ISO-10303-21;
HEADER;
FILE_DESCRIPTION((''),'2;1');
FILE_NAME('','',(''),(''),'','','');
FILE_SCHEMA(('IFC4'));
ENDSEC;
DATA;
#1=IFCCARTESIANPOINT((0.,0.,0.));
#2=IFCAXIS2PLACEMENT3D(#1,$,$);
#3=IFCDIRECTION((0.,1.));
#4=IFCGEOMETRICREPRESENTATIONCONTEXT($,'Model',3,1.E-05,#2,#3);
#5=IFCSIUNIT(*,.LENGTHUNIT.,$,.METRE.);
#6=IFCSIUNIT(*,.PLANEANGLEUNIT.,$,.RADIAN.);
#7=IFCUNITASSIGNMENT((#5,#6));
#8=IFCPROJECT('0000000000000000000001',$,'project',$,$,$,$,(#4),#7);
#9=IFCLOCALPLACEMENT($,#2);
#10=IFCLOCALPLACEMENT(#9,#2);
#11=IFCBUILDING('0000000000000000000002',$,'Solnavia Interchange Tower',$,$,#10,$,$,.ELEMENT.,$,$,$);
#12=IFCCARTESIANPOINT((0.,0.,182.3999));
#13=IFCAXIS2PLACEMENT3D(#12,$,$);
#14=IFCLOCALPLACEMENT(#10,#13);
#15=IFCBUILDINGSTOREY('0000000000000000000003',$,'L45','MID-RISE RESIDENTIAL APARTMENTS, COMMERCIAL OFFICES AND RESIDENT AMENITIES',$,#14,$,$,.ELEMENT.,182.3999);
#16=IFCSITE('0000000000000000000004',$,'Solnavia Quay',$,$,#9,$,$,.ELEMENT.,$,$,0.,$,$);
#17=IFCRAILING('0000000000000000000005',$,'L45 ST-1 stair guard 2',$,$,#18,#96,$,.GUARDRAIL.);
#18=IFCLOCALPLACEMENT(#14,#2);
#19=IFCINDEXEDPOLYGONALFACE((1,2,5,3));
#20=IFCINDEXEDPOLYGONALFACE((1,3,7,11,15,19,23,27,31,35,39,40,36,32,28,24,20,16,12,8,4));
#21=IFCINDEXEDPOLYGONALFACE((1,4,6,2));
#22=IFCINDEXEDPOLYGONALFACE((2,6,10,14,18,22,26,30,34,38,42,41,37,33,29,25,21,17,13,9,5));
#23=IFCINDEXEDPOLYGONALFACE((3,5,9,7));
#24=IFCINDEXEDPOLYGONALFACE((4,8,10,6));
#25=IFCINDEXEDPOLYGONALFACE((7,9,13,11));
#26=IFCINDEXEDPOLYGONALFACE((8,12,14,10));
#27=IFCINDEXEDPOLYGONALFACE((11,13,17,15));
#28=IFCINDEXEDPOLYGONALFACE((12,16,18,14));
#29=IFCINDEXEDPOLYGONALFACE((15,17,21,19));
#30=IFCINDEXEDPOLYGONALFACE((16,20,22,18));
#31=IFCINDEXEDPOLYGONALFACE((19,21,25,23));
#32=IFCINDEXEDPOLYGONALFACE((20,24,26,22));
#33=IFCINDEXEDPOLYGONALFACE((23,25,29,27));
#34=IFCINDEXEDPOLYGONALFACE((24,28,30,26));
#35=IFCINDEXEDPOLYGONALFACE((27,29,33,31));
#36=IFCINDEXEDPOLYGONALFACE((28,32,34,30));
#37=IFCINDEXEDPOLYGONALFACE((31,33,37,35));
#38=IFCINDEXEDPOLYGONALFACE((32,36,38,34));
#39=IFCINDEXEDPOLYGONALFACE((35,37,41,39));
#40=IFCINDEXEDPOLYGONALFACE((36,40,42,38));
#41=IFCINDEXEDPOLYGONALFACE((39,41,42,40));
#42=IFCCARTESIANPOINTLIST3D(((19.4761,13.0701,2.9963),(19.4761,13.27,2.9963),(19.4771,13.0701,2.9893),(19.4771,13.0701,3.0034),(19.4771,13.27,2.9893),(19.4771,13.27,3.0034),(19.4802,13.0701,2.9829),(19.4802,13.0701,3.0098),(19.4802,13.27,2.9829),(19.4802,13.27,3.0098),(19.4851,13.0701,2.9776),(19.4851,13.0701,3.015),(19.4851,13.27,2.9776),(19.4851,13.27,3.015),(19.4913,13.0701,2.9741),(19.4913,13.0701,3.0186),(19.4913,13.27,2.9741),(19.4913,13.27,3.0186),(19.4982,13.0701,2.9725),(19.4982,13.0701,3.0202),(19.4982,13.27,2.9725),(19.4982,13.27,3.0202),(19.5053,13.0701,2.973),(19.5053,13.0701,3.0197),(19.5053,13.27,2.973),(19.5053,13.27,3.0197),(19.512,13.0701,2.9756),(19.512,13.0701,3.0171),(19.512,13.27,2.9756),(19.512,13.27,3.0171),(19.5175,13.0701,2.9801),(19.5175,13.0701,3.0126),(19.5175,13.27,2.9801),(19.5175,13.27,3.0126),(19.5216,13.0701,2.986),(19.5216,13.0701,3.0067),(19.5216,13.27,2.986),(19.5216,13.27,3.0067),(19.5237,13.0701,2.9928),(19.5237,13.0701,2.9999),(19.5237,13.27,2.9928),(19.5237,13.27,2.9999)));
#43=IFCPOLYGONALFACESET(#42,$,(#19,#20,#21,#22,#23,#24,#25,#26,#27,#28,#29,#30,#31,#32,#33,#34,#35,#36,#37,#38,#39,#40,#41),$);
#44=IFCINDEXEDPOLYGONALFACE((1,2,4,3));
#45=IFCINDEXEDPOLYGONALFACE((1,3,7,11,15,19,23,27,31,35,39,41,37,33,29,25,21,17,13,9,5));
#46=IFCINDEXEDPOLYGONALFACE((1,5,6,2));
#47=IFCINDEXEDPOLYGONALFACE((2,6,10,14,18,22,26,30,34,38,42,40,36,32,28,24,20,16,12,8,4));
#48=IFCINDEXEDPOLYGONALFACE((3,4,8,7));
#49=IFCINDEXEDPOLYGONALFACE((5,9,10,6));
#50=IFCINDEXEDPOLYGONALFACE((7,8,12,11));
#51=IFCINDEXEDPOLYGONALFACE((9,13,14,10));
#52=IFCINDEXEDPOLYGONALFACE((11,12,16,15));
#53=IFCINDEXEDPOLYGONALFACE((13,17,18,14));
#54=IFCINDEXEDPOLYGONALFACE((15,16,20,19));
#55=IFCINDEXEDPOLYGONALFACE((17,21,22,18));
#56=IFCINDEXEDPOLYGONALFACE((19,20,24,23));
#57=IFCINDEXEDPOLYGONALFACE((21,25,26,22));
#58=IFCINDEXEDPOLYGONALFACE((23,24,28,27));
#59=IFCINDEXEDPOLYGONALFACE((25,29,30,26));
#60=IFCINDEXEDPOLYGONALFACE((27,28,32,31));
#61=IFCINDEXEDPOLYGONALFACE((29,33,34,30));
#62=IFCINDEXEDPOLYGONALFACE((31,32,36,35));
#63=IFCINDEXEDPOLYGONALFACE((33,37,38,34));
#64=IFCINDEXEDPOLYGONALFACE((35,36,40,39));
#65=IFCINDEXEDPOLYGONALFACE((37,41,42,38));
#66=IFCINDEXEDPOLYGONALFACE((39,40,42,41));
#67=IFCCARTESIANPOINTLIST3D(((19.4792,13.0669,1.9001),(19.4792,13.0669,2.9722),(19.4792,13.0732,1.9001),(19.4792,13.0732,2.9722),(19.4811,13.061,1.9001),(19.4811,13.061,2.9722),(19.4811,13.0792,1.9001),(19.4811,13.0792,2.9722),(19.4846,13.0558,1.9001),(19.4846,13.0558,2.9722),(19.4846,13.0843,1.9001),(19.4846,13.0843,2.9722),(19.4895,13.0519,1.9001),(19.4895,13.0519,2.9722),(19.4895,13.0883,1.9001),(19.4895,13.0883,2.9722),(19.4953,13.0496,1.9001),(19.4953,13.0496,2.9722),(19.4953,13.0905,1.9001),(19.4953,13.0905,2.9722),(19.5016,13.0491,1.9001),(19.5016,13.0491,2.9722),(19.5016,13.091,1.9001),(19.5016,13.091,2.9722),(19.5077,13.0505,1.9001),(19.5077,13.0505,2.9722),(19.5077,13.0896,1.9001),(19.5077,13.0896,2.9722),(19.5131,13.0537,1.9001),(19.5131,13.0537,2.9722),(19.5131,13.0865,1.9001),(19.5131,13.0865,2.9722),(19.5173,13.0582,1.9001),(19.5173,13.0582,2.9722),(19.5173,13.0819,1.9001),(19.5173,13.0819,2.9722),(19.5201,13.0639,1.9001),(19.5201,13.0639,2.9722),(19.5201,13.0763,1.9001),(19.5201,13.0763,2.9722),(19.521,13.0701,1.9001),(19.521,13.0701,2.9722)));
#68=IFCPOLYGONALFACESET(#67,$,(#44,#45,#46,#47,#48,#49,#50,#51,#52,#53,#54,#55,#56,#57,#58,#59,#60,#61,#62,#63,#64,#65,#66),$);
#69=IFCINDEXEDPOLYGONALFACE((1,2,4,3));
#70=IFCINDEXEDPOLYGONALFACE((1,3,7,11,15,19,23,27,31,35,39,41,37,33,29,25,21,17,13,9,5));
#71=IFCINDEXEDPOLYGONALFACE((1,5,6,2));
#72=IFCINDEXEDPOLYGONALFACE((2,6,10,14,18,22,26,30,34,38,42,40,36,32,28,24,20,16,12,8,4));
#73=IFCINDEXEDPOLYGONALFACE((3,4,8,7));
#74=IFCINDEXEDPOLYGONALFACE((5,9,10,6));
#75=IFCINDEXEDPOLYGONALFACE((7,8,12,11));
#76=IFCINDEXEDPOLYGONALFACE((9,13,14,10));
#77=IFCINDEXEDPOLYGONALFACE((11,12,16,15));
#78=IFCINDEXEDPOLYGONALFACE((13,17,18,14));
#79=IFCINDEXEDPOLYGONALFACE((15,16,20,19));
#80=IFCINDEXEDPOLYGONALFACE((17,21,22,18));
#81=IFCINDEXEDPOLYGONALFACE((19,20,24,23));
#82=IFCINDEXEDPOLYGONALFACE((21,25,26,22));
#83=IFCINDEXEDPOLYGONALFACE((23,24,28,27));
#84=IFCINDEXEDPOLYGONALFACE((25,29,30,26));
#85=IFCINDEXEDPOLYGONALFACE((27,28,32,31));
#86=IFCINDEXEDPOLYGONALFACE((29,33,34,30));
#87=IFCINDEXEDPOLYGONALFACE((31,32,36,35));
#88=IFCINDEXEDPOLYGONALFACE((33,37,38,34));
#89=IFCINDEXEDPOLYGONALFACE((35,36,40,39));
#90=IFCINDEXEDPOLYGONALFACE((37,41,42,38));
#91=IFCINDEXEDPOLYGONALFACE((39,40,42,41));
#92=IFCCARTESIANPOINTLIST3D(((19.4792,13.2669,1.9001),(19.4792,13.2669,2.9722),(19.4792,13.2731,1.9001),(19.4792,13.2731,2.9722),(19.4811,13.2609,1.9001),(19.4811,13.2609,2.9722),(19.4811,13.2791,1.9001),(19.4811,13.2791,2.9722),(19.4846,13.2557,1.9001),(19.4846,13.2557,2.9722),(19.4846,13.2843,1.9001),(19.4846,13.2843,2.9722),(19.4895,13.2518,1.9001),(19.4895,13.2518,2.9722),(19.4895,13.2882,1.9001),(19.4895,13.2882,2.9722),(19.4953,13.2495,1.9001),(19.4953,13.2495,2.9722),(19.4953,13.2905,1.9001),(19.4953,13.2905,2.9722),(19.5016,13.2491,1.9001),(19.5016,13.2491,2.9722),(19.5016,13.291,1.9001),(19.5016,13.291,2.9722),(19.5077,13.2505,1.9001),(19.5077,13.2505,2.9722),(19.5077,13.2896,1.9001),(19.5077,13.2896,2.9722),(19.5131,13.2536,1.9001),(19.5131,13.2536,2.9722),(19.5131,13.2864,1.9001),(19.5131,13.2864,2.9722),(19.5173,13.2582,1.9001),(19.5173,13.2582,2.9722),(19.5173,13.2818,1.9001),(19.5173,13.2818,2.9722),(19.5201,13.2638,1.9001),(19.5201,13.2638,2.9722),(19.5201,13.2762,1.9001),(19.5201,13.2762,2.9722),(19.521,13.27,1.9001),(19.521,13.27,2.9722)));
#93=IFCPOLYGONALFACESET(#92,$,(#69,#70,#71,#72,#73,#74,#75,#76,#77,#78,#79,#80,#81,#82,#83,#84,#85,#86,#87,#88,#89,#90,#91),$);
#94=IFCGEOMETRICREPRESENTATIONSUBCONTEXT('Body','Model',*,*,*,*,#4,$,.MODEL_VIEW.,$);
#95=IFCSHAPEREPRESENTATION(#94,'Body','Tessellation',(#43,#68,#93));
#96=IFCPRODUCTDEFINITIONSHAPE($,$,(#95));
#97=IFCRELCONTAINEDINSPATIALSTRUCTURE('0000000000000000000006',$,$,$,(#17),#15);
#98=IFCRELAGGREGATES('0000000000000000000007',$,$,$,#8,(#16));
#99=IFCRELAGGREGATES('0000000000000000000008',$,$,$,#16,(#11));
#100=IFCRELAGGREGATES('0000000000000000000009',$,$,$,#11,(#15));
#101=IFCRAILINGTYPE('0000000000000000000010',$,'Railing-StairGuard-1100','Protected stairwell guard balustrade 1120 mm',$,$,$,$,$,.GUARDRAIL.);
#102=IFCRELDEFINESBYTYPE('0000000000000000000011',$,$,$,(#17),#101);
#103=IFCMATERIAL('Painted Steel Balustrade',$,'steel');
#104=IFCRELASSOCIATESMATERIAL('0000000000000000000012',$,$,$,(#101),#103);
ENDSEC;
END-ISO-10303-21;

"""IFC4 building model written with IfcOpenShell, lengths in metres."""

from ifc_helpers import new_model, si_unit, direction, frame, origin, origin_2d, place, context, subcontext, project, spatial, circle, extrude, material, type_object, element, save


model = new_model("IFC4")

# Units and contexts
model_context = context("Model", 3, precision=1e-05, world=origin(), true_north=direction((0.0, 1.0)))
body_context = subcontext(model_context, "Body", "Model", "MODEL_VIEW")
ifc_project = project(units=[si_unit("LENGTHUNIT", "METRE"), si_unit("PLANEANGLEUNIT", "RADIAN")], contexts=[model_context])

# Site, building, storey
site_placement = place(None, origin())
site = spatial("IfcSite", under=ifc_project, at=site_placement, Name="Solnavia Quay", CompositionType="ELEMENT", RefElevation=0.0)
building_placement = place(site_placement, origin())
building = spatial("IfcBuilding", under=site, at=building_placement, Name="Solnavia Interchange Tower", CompositionType="ELEMENT")
storey_placement = place(building_placement, frame((0.0, 0.0, 182.3999)))
storey = spatial("IfcBuildingStorey", under=building, at=storey_placement, Name="L45", Description="MID-RISE RESIDENTIAL APARTMENTS, COMMERCIAL OFFICES AND RESIDENT AMENITIES", CompositionType="ELEMENT", Elevation=182.3999)

# Railing
ifc_material_1 = material(Name="Painted Steel Balustrade", Category="steel")
railing_type_1 = type_object("IfcRailingType", Name="Railing-StairGuard-1100", Description="Protected stairwell guard balustrade 1120 mm", PredefinedType="GUARDRAIL", material=ifc_material_1)
railing_1_placement = place(storey_placement, frame((19.5, 13.0701, 1.9001)))
element("IfcRailing", 1, at=railing_1_placement, inside=storey, type_object=railing_type_1, Name="L45 ST-1 stair guard 2", PredefinedType="GUARDRAIL", context=body_context, shape_type="SweptSolid", body=[
    extrude(circle(Radius=0.0239, at=origin_2d()), frame((0.0, 0.0, 1.0962), z_axis=(0.0, 1.0, 0.0), x_axis=(-1.0, 0.0, 0.0)), (0.0, 0.0, 1.0), 0.2),
    extrude(circle(Radius=0.021, at=origin_2d()), origin(), (0.0, 0.0, 1.0), 1.072),
    extrude(circle(Radius=0.021, at=origin_2d()), frame((0.0, 0.2, 0.0)), (0.0, 0.0, 1.0), 1.072),
])

save(model, "model.ifc")
